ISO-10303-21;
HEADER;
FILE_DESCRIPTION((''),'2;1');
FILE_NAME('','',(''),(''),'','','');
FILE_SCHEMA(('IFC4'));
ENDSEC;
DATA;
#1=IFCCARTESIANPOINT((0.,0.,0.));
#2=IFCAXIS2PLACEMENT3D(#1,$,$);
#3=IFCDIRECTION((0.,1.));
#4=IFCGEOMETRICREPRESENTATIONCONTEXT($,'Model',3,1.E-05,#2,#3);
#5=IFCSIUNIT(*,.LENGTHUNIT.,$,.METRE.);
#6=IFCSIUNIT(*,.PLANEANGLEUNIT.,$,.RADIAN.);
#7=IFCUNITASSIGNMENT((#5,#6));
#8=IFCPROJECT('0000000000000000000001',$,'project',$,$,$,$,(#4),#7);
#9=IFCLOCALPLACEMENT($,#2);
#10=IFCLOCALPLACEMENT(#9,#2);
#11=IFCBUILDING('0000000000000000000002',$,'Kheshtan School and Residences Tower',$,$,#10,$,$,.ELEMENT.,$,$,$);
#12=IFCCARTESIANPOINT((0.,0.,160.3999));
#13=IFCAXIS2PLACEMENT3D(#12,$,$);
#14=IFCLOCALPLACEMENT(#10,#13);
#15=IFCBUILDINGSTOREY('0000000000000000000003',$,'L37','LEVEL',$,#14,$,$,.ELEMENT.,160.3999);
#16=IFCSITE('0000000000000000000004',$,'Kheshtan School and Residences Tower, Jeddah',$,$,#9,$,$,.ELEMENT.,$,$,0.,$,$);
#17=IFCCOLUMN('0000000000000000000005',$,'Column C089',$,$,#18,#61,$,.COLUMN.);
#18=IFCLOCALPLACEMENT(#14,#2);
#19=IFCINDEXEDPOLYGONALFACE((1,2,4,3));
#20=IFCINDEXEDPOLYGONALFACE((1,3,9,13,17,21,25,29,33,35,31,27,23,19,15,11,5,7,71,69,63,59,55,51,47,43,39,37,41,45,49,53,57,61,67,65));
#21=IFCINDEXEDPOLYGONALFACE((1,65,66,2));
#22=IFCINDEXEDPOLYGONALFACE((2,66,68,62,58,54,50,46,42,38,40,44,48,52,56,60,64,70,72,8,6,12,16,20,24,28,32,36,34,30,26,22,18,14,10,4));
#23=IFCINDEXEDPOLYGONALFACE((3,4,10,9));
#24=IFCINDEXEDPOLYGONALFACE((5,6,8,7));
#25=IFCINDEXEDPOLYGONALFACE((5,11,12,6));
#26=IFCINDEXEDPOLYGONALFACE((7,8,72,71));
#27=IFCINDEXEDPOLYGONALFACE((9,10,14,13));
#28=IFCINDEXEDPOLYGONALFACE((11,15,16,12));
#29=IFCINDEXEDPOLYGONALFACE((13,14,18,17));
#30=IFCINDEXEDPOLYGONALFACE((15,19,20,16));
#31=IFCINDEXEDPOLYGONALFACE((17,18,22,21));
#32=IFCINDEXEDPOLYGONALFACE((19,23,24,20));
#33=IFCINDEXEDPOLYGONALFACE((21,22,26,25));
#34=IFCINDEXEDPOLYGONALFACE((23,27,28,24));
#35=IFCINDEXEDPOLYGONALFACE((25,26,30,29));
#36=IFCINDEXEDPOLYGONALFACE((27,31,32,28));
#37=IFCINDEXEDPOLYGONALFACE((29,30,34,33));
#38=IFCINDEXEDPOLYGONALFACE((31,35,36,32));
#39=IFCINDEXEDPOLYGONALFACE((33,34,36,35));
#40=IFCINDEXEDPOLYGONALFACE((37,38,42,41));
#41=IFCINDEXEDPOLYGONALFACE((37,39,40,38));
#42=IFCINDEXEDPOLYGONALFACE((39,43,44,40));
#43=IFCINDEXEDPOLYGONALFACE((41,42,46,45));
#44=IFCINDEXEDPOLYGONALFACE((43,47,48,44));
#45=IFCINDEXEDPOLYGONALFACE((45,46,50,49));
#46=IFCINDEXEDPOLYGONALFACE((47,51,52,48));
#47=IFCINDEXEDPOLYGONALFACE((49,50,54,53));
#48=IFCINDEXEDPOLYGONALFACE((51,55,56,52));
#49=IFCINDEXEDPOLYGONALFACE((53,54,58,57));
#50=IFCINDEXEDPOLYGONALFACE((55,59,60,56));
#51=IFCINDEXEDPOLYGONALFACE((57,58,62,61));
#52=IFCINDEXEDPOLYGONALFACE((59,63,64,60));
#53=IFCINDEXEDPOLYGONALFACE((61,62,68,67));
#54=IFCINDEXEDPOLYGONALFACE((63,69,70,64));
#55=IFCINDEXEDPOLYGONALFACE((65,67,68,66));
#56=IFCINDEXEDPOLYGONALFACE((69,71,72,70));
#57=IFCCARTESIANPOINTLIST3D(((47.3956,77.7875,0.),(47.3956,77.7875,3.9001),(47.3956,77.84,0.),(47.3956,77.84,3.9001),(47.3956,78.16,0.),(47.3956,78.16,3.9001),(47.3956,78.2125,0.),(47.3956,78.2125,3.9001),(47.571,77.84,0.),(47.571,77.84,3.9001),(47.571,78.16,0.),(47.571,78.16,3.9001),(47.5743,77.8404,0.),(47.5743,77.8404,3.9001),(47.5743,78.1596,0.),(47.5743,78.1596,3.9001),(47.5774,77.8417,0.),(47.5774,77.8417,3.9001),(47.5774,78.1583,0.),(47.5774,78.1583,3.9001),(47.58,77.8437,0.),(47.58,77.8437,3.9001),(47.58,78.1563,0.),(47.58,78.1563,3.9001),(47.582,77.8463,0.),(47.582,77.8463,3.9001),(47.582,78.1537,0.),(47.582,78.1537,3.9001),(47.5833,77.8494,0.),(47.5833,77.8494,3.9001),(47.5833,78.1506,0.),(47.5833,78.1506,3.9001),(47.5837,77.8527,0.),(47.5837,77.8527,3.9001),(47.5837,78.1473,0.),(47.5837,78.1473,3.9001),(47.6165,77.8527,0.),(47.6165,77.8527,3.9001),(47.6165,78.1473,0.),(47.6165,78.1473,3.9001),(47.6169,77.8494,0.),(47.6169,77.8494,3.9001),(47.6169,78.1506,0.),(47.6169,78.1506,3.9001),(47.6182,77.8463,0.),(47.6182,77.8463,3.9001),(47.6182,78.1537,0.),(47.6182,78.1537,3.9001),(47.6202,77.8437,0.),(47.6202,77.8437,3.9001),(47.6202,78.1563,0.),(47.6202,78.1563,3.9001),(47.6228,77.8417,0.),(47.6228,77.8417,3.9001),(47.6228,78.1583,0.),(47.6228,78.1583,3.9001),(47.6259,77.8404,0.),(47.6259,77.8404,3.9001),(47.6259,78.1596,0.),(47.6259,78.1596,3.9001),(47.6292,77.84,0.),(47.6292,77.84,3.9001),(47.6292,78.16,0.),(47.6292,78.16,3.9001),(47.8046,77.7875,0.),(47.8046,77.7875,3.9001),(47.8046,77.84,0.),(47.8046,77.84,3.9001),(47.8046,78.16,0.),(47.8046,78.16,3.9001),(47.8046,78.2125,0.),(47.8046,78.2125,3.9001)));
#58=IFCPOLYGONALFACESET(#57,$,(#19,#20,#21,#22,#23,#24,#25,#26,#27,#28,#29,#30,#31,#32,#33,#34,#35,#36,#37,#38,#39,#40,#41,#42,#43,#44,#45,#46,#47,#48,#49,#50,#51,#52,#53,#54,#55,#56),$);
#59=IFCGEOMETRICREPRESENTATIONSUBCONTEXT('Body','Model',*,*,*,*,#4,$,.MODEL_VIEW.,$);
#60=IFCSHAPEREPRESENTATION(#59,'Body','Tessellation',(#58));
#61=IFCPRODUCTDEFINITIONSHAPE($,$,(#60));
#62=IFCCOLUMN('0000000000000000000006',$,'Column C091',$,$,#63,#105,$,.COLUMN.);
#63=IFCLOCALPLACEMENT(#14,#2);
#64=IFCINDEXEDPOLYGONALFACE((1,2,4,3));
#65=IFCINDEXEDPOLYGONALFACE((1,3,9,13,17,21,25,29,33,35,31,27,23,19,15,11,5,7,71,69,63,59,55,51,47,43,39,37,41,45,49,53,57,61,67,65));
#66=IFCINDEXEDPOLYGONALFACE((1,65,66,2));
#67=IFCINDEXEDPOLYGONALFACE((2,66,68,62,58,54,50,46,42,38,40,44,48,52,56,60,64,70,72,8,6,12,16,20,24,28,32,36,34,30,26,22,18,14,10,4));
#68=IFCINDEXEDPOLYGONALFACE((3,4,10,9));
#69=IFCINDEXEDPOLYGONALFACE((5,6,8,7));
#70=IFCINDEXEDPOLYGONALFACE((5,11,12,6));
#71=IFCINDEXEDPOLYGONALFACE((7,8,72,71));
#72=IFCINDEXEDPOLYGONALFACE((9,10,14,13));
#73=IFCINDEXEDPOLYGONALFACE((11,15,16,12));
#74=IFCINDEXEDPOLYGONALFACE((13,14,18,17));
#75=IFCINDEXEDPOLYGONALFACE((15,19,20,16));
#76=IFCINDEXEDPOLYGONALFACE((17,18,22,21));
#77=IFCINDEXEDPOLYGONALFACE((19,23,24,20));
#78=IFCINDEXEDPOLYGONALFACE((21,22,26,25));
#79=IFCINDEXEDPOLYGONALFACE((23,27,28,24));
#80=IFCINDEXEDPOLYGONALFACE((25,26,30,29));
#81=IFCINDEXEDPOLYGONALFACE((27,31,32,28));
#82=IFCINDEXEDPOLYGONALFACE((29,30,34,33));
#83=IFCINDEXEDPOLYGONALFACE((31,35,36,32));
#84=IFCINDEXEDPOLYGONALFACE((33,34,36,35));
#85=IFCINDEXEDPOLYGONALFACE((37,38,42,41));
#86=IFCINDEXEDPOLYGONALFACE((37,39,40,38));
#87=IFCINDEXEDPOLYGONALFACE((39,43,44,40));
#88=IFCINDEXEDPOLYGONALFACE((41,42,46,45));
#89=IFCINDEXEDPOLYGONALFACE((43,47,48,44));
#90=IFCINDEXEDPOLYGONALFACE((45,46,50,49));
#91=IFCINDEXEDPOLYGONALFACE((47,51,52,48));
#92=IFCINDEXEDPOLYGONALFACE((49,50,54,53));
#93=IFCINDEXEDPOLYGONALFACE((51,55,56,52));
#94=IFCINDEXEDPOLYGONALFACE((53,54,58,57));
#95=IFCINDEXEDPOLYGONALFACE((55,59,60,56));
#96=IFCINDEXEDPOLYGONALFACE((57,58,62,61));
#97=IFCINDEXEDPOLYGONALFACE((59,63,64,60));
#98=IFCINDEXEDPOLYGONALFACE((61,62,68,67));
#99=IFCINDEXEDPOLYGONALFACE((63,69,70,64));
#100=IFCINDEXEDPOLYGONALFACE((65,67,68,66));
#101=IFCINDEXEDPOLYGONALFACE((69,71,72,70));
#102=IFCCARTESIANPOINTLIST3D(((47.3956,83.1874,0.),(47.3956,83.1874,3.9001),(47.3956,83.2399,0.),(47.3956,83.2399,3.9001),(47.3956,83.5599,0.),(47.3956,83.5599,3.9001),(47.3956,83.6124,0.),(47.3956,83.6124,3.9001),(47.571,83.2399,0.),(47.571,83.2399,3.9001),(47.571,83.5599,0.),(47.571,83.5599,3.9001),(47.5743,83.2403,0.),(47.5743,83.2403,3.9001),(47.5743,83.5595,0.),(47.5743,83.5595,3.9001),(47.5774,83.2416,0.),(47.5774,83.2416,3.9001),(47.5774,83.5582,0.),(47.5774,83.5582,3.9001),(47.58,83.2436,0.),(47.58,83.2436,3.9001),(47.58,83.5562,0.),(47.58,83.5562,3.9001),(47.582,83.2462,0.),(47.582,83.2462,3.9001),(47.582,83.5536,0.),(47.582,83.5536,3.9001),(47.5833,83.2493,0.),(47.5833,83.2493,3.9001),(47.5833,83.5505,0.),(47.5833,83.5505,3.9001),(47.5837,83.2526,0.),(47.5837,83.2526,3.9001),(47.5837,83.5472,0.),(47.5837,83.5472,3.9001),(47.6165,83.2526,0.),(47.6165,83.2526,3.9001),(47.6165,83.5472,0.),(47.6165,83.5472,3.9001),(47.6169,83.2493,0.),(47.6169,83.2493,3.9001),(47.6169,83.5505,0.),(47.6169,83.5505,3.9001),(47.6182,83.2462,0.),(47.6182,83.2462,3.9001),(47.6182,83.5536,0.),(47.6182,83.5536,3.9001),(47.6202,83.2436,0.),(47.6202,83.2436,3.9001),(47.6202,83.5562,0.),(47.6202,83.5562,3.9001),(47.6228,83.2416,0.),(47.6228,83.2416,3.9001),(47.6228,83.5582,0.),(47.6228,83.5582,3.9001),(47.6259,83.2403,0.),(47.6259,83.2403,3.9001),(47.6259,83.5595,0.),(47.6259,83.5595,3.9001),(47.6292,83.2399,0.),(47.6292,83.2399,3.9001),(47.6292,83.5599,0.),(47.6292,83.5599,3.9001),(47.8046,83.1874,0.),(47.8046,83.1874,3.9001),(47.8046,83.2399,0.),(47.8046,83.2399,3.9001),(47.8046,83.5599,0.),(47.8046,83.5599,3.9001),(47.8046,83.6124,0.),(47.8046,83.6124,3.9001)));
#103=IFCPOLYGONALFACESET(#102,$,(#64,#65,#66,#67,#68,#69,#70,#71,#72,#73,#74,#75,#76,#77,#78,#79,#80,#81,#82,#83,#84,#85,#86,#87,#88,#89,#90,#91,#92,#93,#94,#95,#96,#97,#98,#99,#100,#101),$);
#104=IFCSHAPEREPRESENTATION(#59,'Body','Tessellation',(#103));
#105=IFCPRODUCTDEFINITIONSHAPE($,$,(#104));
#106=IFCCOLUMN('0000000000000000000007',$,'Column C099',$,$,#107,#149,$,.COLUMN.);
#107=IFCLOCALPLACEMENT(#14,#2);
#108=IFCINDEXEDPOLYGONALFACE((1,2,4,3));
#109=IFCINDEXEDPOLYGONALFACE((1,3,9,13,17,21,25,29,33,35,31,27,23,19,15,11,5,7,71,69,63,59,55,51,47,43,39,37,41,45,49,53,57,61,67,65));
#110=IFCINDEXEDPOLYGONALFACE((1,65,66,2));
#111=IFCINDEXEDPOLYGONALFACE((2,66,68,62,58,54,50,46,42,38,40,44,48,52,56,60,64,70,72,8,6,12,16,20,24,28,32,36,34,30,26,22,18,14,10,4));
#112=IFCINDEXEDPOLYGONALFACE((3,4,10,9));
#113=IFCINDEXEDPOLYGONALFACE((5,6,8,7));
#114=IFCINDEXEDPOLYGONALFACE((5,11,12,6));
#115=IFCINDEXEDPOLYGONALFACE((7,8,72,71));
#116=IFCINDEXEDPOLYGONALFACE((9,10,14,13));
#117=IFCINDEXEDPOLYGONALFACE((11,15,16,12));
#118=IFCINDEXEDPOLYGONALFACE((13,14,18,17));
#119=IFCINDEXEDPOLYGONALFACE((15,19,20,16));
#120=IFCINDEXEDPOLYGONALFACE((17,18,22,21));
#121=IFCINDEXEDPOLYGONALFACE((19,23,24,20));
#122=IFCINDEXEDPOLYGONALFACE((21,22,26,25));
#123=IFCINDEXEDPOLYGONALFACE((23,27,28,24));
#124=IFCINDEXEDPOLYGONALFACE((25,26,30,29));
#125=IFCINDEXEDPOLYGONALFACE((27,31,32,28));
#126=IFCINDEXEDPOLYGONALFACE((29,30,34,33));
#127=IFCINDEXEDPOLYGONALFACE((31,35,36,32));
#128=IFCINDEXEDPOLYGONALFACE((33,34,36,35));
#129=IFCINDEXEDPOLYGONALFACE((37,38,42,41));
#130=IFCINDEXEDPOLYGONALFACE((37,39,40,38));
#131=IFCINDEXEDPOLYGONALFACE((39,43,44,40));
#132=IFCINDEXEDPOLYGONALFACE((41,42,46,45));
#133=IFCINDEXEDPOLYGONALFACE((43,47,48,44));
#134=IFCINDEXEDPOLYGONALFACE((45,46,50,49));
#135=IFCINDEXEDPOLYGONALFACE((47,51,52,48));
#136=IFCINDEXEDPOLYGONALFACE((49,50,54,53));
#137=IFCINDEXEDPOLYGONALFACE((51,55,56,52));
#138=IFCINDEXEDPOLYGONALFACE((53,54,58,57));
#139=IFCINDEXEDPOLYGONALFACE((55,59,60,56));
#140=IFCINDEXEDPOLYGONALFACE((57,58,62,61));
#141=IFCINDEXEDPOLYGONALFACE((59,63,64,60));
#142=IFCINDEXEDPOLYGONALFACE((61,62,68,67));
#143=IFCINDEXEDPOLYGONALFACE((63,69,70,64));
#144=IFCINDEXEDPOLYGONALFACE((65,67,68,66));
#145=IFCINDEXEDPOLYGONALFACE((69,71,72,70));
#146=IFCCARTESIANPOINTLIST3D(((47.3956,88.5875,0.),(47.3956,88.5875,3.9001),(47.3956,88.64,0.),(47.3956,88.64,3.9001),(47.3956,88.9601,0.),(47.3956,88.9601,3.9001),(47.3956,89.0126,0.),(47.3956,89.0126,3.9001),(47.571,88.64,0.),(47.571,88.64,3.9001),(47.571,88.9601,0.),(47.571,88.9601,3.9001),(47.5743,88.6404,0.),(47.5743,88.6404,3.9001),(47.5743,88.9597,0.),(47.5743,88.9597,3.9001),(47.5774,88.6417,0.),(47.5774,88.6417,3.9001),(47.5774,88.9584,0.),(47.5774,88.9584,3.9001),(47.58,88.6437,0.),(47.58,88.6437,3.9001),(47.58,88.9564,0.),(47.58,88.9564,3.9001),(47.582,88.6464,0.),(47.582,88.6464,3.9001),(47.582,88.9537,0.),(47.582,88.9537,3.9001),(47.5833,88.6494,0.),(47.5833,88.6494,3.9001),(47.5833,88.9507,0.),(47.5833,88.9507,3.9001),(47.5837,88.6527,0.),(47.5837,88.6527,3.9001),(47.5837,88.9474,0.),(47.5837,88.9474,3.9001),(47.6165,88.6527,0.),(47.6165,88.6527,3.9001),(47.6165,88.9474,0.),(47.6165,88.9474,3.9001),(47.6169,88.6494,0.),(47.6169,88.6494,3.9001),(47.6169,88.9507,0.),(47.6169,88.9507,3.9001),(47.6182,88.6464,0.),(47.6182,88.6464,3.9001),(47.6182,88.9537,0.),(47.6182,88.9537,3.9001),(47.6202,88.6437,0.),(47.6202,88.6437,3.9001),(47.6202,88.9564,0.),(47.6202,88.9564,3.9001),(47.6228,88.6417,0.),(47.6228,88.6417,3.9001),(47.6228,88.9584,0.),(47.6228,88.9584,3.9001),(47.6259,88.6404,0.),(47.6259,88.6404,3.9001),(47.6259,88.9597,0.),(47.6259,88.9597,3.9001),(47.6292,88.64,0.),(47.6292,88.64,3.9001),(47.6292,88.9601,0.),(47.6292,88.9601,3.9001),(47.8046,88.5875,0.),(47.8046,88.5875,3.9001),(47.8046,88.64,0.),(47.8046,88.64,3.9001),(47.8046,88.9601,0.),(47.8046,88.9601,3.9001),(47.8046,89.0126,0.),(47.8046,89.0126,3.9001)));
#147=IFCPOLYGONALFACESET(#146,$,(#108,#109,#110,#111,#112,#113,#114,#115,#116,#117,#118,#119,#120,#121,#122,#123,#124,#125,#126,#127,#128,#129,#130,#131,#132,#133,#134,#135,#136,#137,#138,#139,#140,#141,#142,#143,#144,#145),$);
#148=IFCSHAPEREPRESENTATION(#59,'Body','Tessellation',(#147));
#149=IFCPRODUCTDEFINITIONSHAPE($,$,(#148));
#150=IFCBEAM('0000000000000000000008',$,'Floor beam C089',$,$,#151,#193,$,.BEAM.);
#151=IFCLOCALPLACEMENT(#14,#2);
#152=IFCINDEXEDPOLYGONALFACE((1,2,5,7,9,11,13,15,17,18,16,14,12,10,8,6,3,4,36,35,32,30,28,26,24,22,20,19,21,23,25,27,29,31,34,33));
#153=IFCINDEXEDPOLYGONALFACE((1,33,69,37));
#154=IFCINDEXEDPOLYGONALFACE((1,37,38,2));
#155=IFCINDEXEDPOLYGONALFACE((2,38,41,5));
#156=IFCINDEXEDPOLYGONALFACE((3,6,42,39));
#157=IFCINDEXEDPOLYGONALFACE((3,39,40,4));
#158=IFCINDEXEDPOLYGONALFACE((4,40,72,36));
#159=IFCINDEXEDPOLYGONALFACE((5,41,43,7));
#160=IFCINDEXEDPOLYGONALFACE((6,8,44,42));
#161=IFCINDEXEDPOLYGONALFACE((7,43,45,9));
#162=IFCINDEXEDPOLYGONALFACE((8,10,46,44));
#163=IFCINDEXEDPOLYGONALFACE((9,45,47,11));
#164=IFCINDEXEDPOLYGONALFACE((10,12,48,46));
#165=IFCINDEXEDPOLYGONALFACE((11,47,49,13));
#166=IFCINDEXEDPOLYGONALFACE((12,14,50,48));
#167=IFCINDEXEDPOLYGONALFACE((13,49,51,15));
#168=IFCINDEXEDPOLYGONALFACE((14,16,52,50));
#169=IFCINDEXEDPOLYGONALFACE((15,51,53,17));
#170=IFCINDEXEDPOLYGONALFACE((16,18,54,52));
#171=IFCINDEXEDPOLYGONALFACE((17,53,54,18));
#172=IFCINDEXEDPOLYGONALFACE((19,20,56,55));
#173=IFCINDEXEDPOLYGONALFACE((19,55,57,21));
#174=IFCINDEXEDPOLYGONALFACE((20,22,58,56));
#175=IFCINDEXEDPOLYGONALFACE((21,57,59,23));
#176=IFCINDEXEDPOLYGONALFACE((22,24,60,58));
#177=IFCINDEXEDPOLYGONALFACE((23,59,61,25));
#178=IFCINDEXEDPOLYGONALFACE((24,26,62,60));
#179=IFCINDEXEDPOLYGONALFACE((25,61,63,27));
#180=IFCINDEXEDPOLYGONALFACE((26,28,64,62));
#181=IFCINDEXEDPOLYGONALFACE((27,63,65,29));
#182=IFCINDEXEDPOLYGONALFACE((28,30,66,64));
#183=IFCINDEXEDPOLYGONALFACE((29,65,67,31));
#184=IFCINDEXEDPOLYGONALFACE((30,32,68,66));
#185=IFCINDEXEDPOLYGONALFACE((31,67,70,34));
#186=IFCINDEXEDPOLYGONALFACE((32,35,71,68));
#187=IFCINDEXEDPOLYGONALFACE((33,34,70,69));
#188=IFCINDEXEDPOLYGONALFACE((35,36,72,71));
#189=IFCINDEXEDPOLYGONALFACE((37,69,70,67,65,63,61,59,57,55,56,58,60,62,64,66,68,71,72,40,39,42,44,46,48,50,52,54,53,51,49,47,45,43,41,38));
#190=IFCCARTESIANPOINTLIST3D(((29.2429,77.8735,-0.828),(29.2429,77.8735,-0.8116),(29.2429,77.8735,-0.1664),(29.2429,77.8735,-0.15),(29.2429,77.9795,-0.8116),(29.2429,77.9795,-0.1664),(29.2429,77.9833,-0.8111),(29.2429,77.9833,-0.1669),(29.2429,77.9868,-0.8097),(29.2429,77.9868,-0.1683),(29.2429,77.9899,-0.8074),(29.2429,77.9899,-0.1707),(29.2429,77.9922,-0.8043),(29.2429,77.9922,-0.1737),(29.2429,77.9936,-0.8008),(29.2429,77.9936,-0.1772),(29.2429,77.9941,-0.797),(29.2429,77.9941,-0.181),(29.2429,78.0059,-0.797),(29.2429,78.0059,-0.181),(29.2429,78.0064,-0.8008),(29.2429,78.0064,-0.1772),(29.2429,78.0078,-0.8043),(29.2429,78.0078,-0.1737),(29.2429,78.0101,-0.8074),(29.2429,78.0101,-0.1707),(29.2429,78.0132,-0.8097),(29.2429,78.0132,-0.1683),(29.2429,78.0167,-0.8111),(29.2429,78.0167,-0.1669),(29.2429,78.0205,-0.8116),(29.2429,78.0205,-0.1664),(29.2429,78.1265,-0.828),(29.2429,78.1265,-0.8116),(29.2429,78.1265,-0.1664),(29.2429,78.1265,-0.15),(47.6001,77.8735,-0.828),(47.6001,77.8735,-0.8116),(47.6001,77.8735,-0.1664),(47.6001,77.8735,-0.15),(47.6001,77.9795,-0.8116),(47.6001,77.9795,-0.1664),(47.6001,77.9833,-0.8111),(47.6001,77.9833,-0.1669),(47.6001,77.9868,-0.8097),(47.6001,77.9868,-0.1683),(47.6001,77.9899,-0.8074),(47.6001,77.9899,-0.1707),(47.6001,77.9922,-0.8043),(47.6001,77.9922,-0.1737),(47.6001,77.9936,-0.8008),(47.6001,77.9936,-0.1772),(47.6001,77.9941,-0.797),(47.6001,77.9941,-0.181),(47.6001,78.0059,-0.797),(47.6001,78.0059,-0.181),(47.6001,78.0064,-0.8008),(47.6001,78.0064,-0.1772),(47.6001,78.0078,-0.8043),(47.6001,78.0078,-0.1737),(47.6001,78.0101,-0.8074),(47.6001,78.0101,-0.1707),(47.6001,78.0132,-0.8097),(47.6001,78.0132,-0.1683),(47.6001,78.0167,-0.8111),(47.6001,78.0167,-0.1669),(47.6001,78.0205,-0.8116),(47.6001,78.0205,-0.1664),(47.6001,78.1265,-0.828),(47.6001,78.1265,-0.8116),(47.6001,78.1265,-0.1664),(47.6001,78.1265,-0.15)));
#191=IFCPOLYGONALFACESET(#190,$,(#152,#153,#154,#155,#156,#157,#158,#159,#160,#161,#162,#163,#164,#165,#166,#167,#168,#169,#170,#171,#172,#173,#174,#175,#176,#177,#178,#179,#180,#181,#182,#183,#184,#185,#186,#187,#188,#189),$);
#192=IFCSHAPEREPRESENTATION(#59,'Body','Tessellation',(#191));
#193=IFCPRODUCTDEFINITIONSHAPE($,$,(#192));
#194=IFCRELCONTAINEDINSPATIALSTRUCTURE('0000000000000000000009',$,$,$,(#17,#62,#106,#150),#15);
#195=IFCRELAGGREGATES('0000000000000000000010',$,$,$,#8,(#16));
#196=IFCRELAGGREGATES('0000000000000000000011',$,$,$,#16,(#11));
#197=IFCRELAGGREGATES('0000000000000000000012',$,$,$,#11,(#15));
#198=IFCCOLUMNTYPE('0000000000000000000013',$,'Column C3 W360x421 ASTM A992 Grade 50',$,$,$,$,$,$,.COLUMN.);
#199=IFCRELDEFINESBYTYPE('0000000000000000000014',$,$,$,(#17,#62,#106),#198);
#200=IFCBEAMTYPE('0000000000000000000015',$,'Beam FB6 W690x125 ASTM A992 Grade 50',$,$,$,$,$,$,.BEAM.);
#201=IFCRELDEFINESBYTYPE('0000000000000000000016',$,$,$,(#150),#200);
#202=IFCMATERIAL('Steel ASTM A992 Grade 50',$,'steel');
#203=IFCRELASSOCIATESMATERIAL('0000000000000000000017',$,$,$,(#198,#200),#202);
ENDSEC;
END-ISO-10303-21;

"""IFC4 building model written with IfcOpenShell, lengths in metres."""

from ifc_helpers import new_model, si_unit, direction, frame, origin, origin_2d, place, context, subcontext, project, spatial, i_section, extrude, material, material_profile, profile_set, type_object, element, save


model = new_model("IFC4")

# Units and contexts
model_context = context("Model", 3, precision=1e-05, world=origin(), true_north=direction((0.0, 1.0)))
body_context = subcontext(model_context, "Body", "Model", "MODEL_VIEW")
ifc_project = project(units=[si_unit("LENGTHUNIT", "METRE"), si_unit("PLANEANGLEUNIT", "RADIAN")], contexts=[model_context])

# Site, building, storey
site_placement = place(None, origin())
site = spatial("IfcSite", under=ifc_project, at=site_placement, Name="Kheshtan School and Residences Tower, Jeddah", CompositionType="ELEMENT", RefElevation=0.0)
building_placement = place(site_placement, origin())
building = spatial("IfcBuilding", under=site, at=building_placement, Name="Kheshtan School and Residences Tower", CompositionType="ELEMENT")
storey_placement = place(building_placement, frame((0.0, 0.0, 160.3999)))
storey = spatial("IfcBuildingStorey", under=building, at=storey_placement, Name="L37", Description="LEVEL", CompositionType="ELEMENT", Elevation=160.3999)

# Columns
ifc_material_1 = material(Name="Steel ASTM A992 Grade 50", Category="steel")
ifc_material_profile_1 = material_profile(ifc_material_1, i_section(OverallWidth=0.4089, OverallDepth=0.425, WebThickness=0.0327, FlangeThickness=0.0525, FilletRadius=0.0127, at=origin_2d()), Name="W360x421")
ifc_profile_set_1 = profile_set([ifc_material_profile_1], Name="Steel ASTM A992 Grade 50")
column_type = type_object("IfcColumnType", Name="Column C3 W360x421 ASTM A992 Grade 50", PredefinedType="COLUMN", material=ifc_profile_set_1)
for number, where, z_axis, x_axis, name in (
    (1, (47.6001, 78.0, 0.0), (0.0, 0.0, 1.0), (1.0, 0.0, 0.0), "Column C089"),
    (2, (47.6001, 83.3999, 0.0), (0.0, 0.0, 1.0), (1.0, 0.0, 0.0), "Column C091"),
    (3, (47.6001, 88.8, 0.0), (0.0, 0.0, 1.0), (1.0, 0.0, 0.0), "Column C099"),
):
    element("IfcColumn", number, at=place(storey_placement, frame(where, z_axis=z_axis, x_axis=x_axis)), inside=storey, type_object=column_type, Name=name, PredefinedType="COLUMN", context=body_context, shape_type="SweptSolid", body=[
        extrude(i_section(OverallWidth=0.4089, OverallDepth=0.425, WebThickness=0.0327, FlangeThickness=0.0525, FilletRadius=0.0127, at=origin_2d()), origin(), (0.0, 0.0, 1.0), 3.9001),
    ])

# Beam
ifc_material_profile_2 = material_profile(ifc_material_1, i_section(OverallWidth=0.2529, OverallDepth=0.678, WebThickness=0.0117, FlangeThickness=0.0164, FilletRadius=0.0146, at=origin_2d()), Name="W690x125")
ifc_profile_set_2 = profile_set([ifc_material_profile_2], Name="Steel ASTM A992 Grade 50")
beam_type_1 = type_object("IfcBeamType", Name="Beam FB6 W690x125 ASTM A992 Grade 50", PredefinedType="BEAM", material=ifc_profile_set_2)
beam_1_placement = place(storey_placement, frame((47.6001, 78.0, -0.489), z_axis=(-1.0, 0.0, 0.0), x_axis=(0.0, -1.0, 0.0)))
element("IfcBeam", 4, at=beam_1_placement, inside=storey, type_object=beam_type_1, Name="Floor beam C089", PredefinedType="BEAM", context=body_context, shape_type="SweptSolid", body=[
    extrude(i_section(OverallWidth=0.2529, OverallDepth=0.678, WebThickness=0.0117, FlangeThickness=0.0164, FilletRadius=0.0146, at=origin_2d()), origin(), (0.0, 0.0, 1.0), 18.3572),
])

save(model, "model.ifc")
